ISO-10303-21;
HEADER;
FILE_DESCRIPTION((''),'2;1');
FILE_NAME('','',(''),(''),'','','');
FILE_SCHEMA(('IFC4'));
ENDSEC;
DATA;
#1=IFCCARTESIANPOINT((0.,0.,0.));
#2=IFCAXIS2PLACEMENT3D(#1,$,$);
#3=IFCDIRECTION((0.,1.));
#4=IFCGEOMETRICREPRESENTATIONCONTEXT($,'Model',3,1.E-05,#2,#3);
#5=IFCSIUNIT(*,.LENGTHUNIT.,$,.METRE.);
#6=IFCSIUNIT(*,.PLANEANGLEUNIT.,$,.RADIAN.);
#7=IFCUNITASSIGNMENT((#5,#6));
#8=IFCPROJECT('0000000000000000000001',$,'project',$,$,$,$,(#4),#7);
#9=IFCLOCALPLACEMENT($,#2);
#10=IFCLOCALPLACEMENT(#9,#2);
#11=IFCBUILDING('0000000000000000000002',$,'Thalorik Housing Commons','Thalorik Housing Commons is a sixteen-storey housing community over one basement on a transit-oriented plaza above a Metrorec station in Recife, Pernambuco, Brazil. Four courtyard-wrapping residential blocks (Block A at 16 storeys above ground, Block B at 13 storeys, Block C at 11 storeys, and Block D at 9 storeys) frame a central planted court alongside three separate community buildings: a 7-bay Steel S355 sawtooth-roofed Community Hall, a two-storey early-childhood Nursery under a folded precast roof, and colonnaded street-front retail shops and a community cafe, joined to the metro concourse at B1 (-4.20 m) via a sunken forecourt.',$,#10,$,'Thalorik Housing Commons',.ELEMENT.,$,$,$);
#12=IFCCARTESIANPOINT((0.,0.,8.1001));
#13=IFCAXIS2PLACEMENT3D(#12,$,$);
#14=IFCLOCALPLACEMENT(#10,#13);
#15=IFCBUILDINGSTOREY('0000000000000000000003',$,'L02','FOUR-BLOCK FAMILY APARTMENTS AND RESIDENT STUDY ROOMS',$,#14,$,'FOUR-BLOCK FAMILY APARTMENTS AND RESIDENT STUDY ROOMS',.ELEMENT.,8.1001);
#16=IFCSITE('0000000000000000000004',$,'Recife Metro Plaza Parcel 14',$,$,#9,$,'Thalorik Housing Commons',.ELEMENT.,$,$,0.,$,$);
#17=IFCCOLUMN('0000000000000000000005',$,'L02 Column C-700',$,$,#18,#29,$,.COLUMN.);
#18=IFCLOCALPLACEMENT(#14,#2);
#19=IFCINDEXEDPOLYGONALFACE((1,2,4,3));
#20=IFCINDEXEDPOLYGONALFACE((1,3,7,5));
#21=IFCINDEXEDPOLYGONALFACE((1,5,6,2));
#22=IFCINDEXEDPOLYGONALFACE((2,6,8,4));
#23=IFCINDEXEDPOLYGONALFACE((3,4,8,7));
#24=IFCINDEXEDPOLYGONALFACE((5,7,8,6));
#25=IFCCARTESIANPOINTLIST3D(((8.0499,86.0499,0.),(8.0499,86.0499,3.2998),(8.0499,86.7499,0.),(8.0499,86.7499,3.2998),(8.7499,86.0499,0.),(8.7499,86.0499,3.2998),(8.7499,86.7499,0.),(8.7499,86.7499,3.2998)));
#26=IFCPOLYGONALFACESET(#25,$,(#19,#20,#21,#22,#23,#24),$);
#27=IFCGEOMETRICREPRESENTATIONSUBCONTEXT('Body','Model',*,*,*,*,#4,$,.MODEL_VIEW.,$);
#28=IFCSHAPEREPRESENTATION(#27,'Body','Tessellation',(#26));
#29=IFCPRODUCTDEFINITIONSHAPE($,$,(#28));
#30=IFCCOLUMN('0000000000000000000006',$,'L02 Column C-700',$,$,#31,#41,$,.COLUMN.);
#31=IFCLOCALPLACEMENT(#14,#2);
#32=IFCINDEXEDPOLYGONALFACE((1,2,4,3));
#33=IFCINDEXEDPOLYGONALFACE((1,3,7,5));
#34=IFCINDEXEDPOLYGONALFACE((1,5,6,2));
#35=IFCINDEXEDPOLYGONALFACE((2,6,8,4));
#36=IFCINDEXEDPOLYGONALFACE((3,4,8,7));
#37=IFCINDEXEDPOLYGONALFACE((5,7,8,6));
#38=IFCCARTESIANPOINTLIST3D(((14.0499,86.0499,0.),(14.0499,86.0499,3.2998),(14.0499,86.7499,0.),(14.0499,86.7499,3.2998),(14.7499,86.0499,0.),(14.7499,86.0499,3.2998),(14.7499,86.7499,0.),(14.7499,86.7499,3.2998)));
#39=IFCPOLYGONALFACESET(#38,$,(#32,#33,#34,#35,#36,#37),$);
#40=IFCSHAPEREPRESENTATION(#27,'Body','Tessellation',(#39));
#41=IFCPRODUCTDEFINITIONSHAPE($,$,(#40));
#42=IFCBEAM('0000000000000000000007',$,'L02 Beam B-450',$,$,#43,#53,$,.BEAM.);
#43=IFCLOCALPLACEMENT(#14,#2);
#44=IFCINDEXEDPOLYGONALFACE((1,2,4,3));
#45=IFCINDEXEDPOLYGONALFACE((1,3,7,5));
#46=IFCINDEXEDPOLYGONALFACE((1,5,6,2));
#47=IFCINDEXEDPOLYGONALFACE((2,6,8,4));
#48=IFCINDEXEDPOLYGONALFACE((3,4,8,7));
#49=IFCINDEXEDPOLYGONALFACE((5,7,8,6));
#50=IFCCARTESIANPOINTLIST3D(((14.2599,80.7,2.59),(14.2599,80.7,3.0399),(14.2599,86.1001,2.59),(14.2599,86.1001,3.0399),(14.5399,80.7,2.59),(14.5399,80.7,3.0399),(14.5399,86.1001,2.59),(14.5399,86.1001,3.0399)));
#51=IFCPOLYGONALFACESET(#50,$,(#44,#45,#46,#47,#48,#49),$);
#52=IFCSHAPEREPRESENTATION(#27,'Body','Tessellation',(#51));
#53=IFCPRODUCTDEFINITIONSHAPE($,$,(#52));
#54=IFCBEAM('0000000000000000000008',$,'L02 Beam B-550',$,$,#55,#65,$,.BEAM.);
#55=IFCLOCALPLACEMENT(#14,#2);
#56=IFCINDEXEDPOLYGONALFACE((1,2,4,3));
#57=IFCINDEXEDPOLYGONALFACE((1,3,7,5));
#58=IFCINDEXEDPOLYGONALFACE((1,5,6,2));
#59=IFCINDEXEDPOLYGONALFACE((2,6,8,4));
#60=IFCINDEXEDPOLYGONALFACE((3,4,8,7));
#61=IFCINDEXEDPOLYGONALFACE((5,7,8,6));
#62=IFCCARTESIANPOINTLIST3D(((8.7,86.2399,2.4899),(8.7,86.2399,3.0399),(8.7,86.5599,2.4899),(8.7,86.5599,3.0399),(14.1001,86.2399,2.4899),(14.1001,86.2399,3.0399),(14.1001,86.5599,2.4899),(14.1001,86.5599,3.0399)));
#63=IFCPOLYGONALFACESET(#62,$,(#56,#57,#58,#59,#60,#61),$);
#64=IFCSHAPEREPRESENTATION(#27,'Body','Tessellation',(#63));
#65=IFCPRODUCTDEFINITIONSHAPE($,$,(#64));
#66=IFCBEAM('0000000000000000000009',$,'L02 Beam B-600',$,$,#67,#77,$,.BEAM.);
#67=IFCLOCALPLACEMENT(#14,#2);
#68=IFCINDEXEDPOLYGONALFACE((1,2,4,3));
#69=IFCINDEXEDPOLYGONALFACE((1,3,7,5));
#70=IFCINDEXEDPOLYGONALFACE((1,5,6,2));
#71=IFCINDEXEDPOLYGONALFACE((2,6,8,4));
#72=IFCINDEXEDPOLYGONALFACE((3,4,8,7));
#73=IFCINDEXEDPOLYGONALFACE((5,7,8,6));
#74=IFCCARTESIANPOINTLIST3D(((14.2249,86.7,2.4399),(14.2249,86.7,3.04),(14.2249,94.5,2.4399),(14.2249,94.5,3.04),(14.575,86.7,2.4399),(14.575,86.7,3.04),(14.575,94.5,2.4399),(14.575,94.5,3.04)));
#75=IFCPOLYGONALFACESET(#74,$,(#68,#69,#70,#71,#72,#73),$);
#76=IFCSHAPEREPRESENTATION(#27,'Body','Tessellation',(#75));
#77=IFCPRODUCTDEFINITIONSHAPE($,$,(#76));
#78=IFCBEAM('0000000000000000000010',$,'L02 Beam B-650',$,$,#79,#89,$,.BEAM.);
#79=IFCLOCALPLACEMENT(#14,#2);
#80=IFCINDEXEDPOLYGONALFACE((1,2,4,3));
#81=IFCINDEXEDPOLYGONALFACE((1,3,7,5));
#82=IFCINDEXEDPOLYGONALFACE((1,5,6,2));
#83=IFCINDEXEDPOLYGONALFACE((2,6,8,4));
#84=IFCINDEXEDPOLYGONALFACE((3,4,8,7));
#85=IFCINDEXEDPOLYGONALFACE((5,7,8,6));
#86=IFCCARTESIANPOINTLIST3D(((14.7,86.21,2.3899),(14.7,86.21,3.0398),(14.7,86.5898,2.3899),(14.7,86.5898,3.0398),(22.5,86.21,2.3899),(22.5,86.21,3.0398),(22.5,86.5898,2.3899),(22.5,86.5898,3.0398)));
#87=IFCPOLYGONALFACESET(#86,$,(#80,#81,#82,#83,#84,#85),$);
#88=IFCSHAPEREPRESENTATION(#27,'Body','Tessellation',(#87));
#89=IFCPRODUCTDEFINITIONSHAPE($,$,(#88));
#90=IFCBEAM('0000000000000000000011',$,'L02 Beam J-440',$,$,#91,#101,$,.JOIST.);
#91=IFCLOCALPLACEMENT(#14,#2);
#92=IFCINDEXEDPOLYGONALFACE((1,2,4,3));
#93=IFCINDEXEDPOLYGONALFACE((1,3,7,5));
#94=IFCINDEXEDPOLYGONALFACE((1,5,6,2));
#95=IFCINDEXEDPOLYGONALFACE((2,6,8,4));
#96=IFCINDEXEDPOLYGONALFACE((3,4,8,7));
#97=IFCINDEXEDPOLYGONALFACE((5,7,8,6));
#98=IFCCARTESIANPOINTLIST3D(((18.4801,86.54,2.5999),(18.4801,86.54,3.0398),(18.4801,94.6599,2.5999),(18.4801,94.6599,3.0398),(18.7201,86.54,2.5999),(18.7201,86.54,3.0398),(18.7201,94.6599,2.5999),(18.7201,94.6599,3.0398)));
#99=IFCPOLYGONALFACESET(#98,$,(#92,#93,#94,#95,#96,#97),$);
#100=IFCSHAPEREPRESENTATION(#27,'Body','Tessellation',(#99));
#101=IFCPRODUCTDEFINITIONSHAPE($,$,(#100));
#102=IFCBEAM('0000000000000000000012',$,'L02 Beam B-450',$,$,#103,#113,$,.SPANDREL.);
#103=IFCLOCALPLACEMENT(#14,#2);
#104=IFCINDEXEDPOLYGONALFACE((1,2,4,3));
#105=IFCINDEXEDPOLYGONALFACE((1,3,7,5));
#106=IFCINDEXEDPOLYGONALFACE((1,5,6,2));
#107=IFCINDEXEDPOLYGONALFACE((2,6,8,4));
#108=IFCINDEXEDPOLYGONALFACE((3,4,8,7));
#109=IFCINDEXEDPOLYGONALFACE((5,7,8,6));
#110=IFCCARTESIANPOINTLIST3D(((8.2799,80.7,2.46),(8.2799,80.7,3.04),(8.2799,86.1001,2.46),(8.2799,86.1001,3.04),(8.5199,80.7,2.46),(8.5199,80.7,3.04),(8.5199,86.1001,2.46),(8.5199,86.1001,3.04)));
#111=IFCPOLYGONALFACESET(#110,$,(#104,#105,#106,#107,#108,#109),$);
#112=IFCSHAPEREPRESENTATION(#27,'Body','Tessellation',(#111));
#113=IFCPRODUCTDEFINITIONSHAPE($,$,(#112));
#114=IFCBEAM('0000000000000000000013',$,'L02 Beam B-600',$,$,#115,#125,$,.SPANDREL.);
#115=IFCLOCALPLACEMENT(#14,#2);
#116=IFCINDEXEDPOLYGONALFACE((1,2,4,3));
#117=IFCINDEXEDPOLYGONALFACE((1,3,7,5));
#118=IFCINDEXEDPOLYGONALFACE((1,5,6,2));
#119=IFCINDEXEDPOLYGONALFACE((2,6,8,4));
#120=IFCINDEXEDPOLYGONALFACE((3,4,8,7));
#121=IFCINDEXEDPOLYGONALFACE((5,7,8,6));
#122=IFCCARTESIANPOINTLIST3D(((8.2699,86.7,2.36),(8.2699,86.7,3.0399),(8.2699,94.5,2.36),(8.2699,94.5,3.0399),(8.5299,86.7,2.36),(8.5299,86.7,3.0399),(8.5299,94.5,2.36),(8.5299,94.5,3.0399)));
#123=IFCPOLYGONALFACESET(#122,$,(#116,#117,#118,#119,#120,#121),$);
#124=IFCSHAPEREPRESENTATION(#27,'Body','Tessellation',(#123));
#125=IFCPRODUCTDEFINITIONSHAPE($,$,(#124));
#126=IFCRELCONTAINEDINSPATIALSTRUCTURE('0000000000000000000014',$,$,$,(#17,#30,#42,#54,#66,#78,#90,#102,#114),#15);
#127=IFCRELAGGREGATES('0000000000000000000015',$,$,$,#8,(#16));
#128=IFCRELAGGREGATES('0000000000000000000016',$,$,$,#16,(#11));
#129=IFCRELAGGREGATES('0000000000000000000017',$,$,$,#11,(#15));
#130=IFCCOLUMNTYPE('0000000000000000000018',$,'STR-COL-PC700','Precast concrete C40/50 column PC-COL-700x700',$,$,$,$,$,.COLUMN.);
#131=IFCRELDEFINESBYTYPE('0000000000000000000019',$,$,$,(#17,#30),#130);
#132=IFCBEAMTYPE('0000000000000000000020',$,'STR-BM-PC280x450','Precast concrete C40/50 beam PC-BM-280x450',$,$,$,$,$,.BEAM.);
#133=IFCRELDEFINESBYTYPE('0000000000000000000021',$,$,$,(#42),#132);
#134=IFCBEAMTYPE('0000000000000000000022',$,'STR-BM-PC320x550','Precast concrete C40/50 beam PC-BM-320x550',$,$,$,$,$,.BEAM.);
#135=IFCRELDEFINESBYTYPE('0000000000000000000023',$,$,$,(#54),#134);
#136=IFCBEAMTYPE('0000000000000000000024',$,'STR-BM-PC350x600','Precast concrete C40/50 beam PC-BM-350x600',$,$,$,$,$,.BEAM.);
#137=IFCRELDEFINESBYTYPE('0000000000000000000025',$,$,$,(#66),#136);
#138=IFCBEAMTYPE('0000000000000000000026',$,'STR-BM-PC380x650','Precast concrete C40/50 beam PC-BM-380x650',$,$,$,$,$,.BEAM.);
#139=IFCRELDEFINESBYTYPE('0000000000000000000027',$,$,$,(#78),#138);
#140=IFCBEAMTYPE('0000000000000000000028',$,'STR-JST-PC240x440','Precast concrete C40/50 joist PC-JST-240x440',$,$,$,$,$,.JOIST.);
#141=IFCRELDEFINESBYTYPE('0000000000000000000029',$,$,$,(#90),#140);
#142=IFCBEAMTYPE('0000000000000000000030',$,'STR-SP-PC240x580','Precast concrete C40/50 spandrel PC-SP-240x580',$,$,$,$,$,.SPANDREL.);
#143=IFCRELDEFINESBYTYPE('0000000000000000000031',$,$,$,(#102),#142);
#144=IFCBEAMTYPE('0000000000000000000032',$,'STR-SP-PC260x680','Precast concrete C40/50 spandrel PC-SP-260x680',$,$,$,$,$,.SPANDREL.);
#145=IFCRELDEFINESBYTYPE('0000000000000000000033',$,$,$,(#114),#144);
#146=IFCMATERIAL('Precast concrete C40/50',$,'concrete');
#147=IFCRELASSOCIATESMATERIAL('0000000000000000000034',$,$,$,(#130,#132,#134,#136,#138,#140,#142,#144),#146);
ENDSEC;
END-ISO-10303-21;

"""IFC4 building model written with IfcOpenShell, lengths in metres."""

from ifc_helpers import new_model, si_unit, direction, frame, origin, origin_2d, place, context, subcontext, project, spatial, rectangle, extrude, material, material_profile, profile_set, type_object, element, save


model = new_model("IFC4")

# Units and contexts
model_context = context("Model", 3, precision=1e-05, world=origin(), true_north=direction((0.0, 1.0)))
body_context = subcontext(model_context, "Body", "Model", "MODEL_VIEW")
ifc_project = project(units=[si_unit("LENGTHUNIT", "METRE"), si_unit("PLANEANGLEUNIT", "RADIAN")], contexts=[model_context])

# Site, building, storey
site_placement = place(None, origin())
site = spatial("IfcSite", under=ifc_project, at=site_placement, Name="Recife Metro Plaza Parcel 14", LongName="Thalorik Housing Commons", CompositionType="ELEMENT", RefElevation=0.0)
building_placement = place(site_placement, origin())
building = spatial("IfcBuilding", under=site, at=building_placement, Name="Thalorik Housing Commons", Description="Thalorik Housing Commons is a sixteen-storey housing community over one basement on a transit-oriented plaza above a Metrorec station in Recife, Pernambuco, Brazil. Four courtyard-wrapping residential blocks (Block A at 16 storeys above ground, Block B at 13 storeys, Block C at 11 storeys, and Block D at 9 storeys) frame a central planted court alongside three separate community buildings: a 7-bay Steel S355 sawtooth-roofed Community Hall, a two-storey early-childhood Nursery under a folded precast roof, and colonnaded street-front retail shops and a community cafe, joined to the metro concourse at B1 (-4.20 m) via a sunken forecourt.", LongName="Thalorik Housing Commons", CompositionType="ELEMENT")
storey_placement = place(building_placement, frame((0.0, 0.0, 8.1001)))
storey = spatial("IfcBuildingStorey", under=building, at=storey_placement, Name="L02", Description="FOUR-BLOCK FAMILY APARTMENTS AND RESIDENT STUDY ROOMS", LongName="FOUR-BLOCK FAMILY APARTMENTS AND RESIDENT STUDY ROOMS", CompositionType="ELEMENT", Elevation=8.1001)

# Columns
ifc_material_1 = material(Name="Precast concrete C40/50", Category="concrete")
ifc_material_profile_1 = material_profile(ifc_material_1, rectangle(XDim=0.7, YDim=0.7, at=origin_2d()), Name="PC 700x700", Category="concrete")
ifc_profile_set_1 = profile_set([ifc_material_profile_1], Name="Precast concrete C40/50")
column_type = type_object("IfcColumnType", Name="STR-COL-PC700", Description="Precast concrete C40/50 column PC-COL-700x700", PredefinedType="COLUMN", material=ifc_profile_set_1)
for number, where, z_axis, x_axis, name in (
    (1, (8.3999, 86.3999, 0.0), (0.0, 0.0, 1.0), (1.0, 0.0, 0.0), "L02 Column C-700"),
    (2, (14.3999, 86.3999, 0.0), (0.0, 0.0, 1.0), (1.0, 0.0, 0.0), "L02 Column C-700"),
):
    element("IfcColumn", number, at=place(storey_placement, frame(where, z_axis=z_axis, x_axis=x_axis)), inside=storey, type_object=column_type, Name=name, PredefinedType="COLUMN", context=body_context, shape_type="SweptSolid", body=[
        extrude(rectangle(XDim=0.7, YDim=0.7, at=origin_2d()), origin(), (0.0, 0.0, 1.0), 3.2998),
    ])

# Beams
ifc_material_profile_2 = material_profile(ifc_material_1, rectangle(XDim=0.28, YDim=0.45, at=origin_2d()), Name="PC 280x450", Category="concrete")
ifc_profile_set_2 = profile_set([ifc_material_profile_2], Name="Precast concrete C40/50")
beam_type_1 = type_object("IfcBeamType", Name="STR-BM-PC280x450", Description="Precast concrete C40/50 beam PC-BM-280x450", PredefinedType="BEAM", material=ifc_profile_set_2)
beam_1_placement = place(storey_placement, frame((14.3999, 80.7, 2.8149), z_axis=(0.0, 1.0, 0.0), x_axis=(-1.0, 0.0, 0.0)))
element("IfcBeam", 3, at=beam_1_placement, inside=storey, type_object=beam_type_1, Name="L02 Beam B-450", PredefinedType="BEAM", context=body_context, shape_type="SweptSolid", body=[
    extrude(rectangle(XDim=0.28, YDim=0.45, at=origin_2d()), origin(), (0.0, 0.0, 1.0), 5.4001),
])
ifc_material_profile_3 = material_profile(ifc_material_1, rectangle(XDim=0.3201, YDim=0.55, at=origin_2d()), Name="PC 320x550", Category="concrete")
ifc_profile_set_3 = profile_set([ifc_material_profile_3], Name="Precast concrete C40/50")
beam_type_2 = type_object("IfcBeamType", Name="STR-BM-PC320x550", Description="Precast concrete C40/50 beam PC-BM-320x550", PredefinedType="BEAM", material=ifc_profile_set_3)
beam_2_placement = place(storey_placement, frame((8.7, 86.3999, 2.7649), z_axis=(1.0, 0.0, 0.0), x_axis=(0.0, 1.0, 0.0)))
element("IfcBeam", 4, at=beam_2_placement, inside=storey, type_object=beam_type_2, Name="L02 Beam B-550", PredefinedType="BEAM", context=body_context, shape_type="SweptSolid", body=[
    extrude(rectangle(XDim=0.3201, YDim=0.55, at=origin_2d()), origin(), (0.0, 0.0, 1.0), 5.4001),
])
ifc_material_profile_4 = material_profile(ifc_material_1, rectangle(XDim=0.3501, YDim=0.6001, at=origin_2d()), Name="PC 350x600", Category="concrete")
ifc_profile_set_4 = profile_set([ifc_material_profile_4], Name="Precast concrete C40/50")
beam_type_3 = type_object("IfcBeamType", Name="STR-BM-PC350x600", Description="Precast concrete C40/50 beam PC-BM-350x600", PredefinedType="BEAM", material=ifc_profile_set_4)
beam_3_placement = place(storey_placement, frame((14.3999, 86.7, 2.74), z_axis=(0.0, 1.0, 0.0), x_axis=(-1.0, 0.0, 0.0)))
element("IfcBeam", 5, at=beam_3_placement, inside=storey, type_object=beam_type_3, Name="L02 Beam B-600", PredefinedType="BEAM", context=body_context, shape_type="SweptSolid", body=[
    extrude(rectangle(XDim=0.3501, YDim=0.6001, at=origin_2d()), origin(), (0.0, 0.0, 1.0), 7.8),
])
ifc_material_profile_5 = material_profile(ifc_material_1, rectangle(XDim=0.3799, YDim=0.6499, at=origin_2d()), Name="PC 380x650", Category="concrete")
ifc_profile_set_5 = profile_set([ifc_material_profile_5], Name="Precast concrete C40/50")
beam_type_4 = type_object("IfcBeamType", Name="STR-BM-PC380x650", Description="Precast concrete C40/50 beam PC-BM-380x650", PredefinedType="BEAM", material=ifc_profile_set_5)
beam_4_placement = place(storey_placement, frame((14.7, 86.3999, 2.7148), z_axis=(1.0, 0.0, 0.0), x_axis=(0.0, 1.0, 0.0)))
element("IfcBeam", 6, at=beam_4_placement, inside=storey, type_object=beam_type_4, Name="L02 Beam B-650", PredefinedType="BEAM", context=body_context, shape_type="SweptSolid", body=[
    extrude(rectangle(XDim=0.3799, YDim=0.6499, at=origin_2d()), origin(), (0.0, 0.0, 1.0), 7.8),
])
ifc_material_profile_6 = material_profile(ifc_material_1, rectangle(XDim=0.24, YDim=0.4399, at=origin_2d()), Name="PC JST 240x440", Category="concrete")
ifc_profile_set_6 = profile_set([ifc_material_profile_6], Name="Precast concrete C40/50")
beam_type_5 = type_object("IfcBeamType", Name="STR-JST-PC240x440", Description="Precast concrete C40/50 joist PC-JST-240x440", PredefinedType="JOIST", material=ifc_profile_set_6)
beam_5_placement = place(storey_placement, frame((18.6001, 86.54, 2.8198), z_axis=(0.0, 1.0, 0.0), x_axis=(-1.0, 0.0, 0.0)))
element("IfcBeam", 7, at=beam_5_placement, inside=storey, type_object=beam_type_5, Name="L02 Beam J-440", PredefinedType="JOIST", context=body_context, shape_type="SweptSolid", body=[
    extrude(rectangle(XDim=0.24, YDim=0.4399, at=origin_2d()), origin(), (0.0, 0.0, 1.0), 8.1199),
])
ifc_material_profile_7 = material_profile(ifc_material_1, rectangle(XDim=0.24, YDim=0.5801, at=origin_2d()), Name="PC SP 240x580", Category="concrete")
ifc_profile_set_7 = profile_set([ifc_material_profile_7], Name="Precast concrete C40/50")
beam_type_6 = type_object("IfcBeamType", Name="STR-SP-PC240x580", Description="Precast concrete C40/50 spandrel PC-SP-240x580", PredefinedType="SPANDREL", material=ifc_profile_set_7)
beam_6_placement = place(storey_placement, frame((8.3999, 80.7, 2.75), z_axis=(0.0, 1.0, 0.0), x_axis=(-1.0, 0.0, 0.0)))
element("IfcBeam", 8, at=beam_6_placement, inside=storey, type_object=beam_type_6, Name="L02 Beam B-450", PredefinedType="SPANDREL", context=body_context, shape_type="SweptSolid", body=[
    extrude(rectangle(XDim=0.24, YDim=0.5801, at=origin_2d()), origin(), (0.0, 0.0, 1.0), 5.4001),
])
ifc_material_profile_8 = material_profile(ifc_material_1, rectangle(XDim=0.26, YDim=0.6799, at=origin_2d()), Name="PC SP 260x680", Category="concrete")
ifc_profile_set_8 = profile_set([ifc_material_profile_8], Name="Precast concrete C40/50")
beam_type_7 = type_object("IfcBeamType", Name="STR-SP-PC260x680", Description="Precast concrete C40/50 spandrel PC-SP-260x680", PredefinedType="SPANDREL", material=ifc_profile_set_8)
beam_7_placement = place(storey_placement, frame((8.3999, 86.7, 2.7), z_axis=(0.0, 1.0, 0.0), x_axis=(-1.0, 0.0, 0.0)))
element("IfcBeam", 9, at=beam_7_placement, inside=storey, type_object=beam_type_7, Name="L02 Beam B-600", PredefinedType="SPANDREL", context=body_context, shape_type="SweptSolid", body=[
    extrude(rectangle(XDim=0.26, YDim=0.6799, at=origin_2d()), origin(), (0.0, 0.0, 1.0), 7.8),
])

save(model, "model.ifc")
